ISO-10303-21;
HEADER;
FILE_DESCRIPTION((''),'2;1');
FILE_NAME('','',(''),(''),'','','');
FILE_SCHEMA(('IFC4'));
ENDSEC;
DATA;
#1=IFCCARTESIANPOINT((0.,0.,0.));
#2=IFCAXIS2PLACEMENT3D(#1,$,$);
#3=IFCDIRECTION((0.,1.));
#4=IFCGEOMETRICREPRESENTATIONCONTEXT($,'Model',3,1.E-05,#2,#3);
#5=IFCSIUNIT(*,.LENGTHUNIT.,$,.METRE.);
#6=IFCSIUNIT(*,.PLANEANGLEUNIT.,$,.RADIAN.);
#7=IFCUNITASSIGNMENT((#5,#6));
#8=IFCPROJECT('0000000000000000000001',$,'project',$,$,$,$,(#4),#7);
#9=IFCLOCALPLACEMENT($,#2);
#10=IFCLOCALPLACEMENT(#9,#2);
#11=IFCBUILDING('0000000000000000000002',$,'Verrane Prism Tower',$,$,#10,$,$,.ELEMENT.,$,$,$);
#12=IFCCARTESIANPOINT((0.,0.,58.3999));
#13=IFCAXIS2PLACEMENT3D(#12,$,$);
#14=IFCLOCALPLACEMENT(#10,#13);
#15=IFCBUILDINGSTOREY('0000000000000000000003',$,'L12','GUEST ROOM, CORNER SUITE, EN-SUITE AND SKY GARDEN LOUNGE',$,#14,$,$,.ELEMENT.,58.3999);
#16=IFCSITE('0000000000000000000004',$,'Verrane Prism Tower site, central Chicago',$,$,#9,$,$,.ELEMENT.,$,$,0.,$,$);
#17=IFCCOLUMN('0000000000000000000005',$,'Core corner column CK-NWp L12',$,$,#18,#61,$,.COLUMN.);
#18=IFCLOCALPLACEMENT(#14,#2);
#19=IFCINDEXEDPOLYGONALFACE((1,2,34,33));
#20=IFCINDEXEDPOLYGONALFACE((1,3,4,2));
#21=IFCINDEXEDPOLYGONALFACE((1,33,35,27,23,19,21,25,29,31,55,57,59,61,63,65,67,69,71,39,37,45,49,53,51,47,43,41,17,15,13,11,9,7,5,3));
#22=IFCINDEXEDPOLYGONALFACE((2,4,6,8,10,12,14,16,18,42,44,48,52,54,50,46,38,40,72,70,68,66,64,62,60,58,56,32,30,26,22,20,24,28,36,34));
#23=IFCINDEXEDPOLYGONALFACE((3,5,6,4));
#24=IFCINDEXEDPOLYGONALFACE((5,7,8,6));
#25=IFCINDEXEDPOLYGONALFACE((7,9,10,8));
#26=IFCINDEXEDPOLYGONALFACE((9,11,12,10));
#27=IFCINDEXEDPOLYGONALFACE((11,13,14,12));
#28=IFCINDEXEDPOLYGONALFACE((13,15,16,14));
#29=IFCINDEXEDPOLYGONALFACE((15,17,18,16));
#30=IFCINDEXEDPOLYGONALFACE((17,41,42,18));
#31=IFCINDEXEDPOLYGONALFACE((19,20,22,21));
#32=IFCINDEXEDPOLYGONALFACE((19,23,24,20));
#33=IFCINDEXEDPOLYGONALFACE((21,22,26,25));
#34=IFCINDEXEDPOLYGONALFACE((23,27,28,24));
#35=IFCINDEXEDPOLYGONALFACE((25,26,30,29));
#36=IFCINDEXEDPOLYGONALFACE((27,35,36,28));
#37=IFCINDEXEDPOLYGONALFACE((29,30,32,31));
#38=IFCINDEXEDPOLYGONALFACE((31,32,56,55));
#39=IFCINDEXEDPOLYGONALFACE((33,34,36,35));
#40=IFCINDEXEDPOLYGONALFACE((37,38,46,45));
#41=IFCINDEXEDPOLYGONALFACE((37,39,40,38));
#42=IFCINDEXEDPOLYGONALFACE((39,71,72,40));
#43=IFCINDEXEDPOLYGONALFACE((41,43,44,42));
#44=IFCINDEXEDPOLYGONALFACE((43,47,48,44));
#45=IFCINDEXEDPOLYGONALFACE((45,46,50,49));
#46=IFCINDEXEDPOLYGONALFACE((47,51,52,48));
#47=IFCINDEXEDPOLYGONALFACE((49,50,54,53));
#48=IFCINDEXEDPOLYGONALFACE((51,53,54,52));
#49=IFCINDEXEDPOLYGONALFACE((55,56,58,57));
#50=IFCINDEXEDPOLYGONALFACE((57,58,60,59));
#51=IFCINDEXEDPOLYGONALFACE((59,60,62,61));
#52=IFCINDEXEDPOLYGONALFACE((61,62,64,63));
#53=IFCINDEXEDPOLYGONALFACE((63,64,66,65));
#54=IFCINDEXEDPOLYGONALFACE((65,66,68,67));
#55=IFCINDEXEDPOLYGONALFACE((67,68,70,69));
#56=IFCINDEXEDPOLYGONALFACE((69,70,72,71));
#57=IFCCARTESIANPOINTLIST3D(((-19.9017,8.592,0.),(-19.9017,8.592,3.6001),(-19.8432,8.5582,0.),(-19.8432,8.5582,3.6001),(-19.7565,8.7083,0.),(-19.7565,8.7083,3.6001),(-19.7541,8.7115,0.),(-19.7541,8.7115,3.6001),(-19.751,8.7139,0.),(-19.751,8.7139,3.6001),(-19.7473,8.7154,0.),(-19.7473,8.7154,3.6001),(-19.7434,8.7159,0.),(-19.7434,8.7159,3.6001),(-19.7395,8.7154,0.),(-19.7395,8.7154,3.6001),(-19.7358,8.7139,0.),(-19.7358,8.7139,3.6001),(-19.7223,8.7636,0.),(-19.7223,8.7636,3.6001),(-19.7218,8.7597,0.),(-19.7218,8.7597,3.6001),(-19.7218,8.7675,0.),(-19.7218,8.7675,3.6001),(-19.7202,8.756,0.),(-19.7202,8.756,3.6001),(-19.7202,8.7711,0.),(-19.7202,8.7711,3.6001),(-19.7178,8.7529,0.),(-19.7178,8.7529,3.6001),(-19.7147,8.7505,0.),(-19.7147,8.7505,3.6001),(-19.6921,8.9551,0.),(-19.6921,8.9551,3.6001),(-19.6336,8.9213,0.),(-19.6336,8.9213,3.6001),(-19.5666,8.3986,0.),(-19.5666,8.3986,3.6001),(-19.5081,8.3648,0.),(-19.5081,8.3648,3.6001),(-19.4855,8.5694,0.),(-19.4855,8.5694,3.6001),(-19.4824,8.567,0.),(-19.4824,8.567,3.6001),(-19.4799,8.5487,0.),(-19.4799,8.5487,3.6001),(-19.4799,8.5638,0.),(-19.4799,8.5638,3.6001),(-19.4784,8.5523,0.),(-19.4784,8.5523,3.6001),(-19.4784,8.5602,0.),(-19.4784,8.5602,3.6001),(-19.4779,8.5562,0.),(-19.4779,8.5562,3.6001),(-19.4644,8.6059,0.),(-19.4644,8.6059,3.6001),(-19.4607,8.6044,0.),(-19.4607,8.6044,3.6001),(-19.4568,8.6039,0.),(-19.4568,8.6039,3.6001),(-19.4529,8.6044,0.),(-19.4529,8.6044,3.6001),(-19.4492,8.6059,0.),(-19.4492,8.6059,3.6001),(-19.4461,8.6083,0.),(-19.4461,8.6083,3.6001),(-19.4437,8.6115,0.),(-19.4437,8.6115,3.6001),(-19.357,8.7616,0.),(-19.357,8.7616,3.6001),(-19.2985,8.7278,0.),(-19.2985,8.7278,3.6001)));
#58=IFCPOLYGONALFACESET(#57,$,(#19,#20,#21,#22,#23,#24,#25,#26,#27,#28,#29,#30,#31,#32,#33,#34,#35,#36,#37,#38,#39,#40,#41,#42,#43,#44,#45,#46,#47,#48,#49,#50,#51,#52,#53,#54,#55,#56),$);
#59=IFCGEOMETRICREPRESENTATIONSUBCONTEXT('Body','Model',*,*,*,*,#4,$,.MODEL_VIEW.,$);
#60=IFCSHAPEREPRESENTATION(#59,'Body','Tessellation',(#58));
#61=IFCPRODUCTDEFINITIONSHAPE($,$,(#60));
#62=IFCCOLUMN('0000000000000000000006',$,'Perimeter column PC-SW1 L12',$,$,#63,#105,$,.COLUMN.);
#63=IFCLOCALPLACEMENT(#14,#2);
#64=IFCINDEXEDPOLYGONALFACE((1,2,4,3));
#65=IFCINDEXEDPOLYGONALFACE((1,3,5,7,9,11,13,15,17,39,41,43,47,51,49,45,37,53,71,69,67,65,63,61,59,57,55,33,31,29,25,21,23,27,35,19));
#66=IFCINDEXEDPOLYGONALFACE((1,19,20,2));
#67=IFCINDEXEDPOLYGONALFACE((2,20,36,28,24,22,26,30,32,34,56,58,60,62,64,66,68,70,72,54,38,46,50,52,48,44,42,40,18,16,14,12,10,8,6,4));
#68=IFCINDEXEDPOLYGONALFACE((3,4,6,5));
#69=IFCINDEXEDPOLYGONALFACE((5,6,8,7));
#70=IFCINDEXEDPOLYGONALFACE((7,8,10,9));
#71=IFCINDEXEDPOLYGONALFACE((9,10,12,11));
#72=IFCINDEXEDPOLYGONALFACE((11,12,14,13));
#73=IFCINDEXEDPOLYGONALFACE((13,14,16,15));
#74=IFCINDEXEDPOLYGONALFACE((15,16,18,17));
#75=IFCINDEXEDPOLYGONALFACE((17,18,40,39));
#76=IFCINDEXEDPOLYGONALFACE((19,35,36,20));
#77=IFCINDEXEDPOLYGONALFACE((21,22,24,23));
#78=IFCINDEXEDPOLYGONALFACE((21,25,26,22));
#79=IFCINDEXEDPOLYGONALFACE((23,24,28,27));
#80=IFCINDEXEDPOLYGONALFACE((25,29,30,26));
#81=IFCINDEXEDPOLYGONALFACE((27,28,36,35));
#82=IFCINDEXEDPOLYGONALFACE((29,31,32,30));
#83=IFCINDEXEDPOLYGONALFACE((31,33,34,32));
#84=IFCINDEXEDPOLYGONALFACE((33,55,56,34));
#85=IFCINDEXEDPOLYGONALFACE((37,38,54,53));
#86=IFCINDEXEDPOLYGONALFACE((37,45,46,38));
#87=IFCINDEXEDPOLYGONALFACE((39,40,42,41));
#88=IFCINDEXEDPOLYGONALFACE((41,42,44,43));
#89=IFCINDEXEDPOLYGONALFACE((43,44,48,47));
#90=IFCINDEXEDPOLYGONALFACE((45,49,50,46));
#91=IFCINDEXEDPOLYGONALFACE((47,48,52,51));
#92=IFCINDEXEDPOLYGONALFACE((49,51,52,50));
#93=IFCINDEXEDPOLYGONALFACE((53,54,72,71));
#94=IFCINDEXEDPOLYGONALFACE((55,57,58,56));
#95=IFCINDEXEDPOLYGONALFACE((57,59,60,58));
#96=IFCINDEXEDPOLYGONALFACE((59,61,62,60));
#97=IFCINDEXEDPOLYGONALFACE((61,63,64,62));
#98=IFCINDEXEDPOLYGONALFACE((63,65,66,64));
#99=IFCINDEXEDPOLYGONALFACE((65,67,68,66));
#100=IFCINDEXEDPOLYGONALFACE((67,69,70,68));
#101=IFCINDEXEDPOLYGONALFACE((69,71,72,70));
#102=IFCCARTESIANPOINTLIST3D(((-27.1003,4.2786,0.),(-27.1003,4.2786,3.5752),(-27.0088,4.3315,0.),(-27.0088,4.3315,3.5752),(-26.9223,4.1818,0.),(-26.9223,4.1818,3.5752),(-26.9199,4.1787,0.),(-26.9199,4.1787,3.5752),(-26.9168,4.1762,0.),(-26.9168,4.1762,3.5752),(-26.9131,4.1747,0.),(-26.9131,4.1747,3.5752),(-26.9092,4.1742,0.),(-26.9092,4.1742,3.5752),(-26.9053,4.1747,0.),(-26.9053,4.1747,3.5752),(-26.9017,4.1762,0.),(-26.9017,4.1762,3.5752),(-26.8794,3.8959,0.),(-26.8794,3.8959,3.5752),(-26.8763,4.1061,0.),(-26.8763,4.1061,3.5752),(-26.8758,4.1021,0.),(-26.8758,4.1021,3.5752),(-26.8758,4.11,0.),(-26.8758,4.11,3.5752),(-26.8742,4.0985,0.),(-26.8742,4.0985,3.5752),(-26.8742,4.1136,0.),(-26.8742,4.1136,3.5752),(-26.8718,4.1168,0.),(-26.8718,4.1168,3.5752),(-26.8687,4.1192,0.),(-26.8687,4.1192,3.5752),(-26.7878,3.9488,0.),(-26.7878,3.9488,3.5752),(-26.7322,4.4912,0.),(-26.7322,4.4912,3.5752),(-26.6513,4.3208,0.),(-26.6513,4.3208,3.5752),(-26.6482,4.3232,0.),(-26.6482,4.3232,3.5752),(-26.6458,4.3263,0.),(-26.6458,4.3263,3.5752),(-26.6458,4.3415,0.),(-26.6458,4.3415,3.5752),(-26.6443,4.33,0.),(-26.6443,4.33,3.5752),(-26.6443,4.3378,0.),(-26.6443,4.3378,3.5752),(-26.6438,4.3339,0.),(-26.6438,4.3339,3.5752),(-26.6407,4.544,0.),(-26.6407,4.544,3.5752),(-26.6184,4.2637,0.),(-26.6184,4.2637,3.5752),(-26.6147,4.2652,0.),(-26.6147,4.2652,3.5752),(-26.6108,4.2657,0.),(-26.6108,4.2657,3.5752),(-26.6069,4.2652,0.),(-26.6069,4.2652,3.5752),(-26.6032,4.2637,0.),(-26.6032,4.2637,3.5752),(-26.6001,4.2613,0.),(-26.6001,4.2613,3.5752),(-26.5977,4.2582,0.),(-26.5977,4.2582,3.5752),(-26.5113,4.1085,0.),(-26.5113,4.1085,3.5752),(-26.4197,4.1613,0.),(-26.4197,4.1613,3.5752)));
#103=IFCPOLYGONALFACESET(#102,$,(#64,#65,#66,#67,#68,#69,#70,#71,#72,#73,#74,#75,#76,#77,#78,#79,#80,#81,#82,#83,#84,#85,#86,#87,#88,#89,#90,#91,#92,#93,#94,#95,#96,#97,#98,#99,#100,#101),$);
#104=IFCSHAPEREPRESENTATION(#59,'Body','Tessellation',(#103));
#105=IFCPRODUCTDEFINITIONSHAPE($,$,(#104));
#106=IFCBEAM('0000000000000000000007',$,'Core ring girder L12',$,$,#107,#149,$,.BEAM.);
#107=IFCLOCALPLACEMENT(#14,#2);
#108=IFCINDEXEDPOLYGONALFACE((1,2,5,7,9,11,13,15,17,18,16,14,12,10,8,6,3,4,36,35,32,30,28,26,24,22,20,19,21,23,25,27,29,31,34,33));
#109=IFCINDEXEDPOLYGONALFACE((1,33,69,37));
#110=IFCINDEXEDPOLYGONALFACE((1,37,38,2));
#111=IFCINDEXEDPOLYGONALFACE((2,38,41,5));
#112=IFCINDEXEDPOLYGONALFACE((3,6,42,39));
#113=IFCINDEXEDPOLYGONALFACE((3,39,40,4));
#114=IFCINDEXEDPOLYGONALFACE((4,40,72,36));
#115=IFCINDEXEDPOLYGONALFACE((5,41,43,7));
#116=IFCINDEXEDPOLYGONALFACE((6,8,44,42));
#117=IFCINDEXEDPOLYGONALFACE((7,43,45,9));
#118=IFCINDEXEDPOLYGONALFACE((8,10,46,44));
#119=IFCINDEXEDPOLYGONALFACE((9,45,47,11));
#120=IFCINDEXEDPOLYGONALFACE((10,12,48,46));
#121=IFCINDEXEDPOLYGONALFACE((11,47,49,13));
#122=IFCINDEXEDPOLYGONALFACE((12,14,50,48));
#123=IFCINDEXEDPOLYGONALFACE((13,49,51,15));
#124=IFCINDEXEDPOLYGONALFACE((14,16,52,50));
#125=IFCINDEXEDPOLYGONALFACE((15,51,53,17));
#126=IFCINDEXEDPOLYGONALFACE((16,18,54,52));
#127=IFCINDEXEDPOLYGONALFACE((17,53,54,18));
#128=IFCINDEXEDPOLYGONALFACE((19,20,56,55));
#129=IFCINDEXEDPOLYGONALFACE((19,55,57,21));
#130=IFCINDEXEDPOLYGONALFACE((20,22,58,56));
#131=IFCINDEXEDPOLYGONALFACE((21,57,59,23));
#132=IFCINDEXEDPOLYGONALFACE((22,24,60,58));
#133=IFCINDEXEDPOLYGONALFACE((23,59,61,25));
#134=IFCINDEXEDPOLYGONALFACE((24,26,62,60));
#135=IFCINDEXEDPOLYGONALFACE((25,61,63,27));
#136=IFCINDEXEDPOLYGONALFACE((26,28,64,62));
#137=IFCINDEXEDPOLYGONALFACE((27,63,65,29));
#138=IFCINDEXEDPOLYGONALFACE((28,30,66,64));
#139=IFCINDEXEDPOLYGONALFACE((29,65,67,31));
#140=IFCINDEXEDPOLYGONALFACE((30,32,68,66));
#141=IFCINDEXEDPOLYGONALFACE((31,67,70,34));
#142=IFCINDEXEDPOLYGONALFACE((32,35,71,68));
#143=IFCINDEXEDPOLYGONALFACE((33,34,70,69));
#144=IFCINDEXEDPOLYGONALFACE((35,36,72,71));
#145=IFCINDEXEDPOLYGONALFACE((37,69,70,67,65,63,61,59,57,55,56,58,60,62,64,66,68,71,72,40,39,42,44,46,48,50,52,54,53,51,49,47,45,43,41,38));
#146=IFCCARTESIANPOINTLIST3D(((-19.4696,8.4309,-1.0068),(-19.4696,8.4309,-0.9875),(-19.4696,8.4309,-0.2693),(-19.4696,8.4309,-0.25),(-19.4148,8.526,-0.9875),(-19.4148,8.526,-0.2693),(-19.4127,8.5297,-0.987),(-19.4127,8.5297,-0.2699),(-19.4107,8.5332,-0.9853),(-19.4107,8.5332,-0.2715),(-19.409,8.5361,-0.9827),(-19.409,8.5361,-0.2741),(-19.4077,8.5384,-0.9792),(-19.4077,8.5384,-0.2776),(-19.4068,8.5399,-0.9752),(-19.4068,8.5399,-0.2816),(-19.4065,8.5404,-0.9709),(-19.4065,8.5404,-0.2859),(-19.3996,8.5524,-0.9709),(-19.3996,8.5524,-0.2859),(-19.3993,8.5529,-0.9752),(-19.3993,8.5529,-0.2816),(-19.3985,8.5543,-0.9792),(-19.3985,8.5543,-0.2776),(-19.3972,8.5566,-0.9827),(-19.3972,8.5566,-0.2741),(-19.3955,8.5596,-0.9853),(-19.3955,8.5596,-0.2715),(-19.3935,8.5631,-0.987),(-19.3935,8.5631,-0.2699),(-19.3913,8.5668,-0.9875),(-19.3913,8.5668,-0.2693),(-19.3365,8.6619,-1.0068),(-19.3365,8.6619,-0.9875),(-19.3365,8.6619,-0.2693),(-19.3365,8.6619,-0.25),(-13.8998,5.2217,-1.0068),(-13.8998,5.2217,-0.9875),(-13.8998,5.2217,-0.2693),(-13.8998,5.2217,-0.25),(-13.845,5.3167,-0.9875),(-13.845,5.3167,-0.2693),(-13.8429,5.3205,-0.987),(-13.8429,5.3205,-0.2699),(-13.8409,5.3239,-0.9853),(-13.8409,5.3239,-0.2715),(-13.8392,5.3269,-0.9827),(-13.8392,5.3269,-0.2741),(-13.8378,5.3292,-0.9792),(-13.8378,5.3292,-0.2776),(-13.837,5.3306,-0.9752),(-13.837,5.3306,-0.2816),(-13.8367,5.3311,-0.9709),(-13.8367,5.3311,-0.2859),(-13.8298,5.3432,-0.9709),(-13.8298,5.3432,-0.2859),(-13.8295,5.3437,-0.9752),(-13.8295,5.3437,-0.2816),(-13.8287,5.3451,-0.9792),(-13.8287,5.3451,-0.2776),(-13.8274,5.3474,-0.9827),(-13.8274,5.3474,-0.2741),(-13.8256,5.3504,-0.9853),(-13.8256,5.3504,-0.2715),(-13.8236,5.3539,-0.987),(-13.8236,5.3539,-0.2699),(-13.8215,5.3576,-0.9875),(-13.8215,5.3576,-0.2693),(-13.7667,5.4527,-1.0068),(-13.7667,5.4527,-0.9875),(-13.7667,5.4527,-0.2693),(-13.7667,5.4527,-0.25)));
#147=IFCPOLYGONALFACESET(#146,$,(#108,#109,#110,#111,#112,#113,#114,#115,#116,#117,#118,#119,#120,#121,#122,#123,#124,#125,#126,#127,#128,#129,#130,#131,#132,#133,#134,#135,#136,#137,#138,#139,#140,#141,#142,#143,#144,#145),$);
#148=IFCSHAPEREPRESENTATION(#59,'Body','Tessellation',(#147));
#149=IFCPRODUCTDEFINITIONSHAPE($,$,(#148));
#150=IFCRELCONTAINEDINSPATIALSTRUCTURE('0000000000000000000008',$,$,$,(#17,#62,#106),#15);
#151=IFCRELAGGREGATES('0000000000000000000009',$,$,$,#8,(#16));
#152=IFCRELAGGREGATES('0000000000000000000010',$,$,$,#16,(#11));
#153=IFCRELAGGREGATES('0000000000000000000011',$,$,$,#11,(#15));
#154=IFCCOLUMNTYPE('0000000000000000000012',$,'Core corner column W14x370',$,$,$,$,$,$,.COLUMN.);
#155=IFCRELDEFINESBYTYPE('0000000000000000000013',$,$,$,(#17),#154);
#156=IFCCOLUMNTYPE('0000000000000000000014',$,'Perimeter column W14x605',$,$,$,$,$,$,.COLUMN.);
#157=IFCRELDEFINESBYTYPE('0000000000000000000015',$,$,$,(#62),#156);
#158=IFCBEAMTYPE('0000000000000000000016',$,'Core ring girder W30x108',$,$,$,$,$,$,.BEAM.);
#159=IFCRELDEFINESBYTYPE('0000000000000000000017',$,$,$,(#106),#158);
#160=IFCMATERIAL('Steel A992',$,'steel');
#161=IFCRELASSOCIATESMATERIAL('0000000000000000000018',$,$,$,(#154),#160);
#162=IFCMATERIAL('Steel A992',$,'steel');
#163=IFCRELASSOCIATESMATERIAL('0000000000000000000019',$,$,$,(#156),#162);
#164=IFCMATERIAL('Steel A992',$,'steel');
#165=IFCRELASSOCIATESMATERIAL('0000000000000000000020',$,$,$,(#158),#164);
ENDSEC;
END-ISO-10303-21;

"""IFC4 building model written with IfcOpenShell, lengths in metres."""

from ifc_helpers import new_model, si_unit, direction, frame, origin, origin_2d, place, context, subcontext, project, spatial, i_section, extrude, material, material_profile, profile_set, type_object, element, save


model = new_model("IFC4")

# Units and contexts
model_context = context("Model", 3, precision=1e-05, world=origin(), true_north=direction((0.0, 1.0)))
body_context = subcontext(model_context, "Body", "Model", "MODEL_VIEW")
ifc_project = project(units=[si_unit("LENGTHUNIT", "METRE"), si_unit("PLANEANGLEUNIT", "RADIAN")], contexts=[model_context])

# Site, building, storey
site_placement = place(None, origin())
site = spatial("IfcSite", under=ifc_project, at=site_placement, Name="Verrane Prism Tower site, central Chicago", CompositionType="ELEMENT", RefElevation=0.0)
building_placement = place(site_placement, origin())
building = spatial("IfcBuilding", under=site, at=building_placement, Name="Verrane Prism Tower", CompositionType="ELEMENT")
storey_placement = place(building_placement, frame((0.0, 0.0, 58.3999)))
storey = spatial("IfcBuildingStorey", under=building, at=storey_placement, Name="L12", Description="GUEST ROOM, CORNER SUITE, EN-SUITE AND SKY GARDEN LOUNGE", CompositionType="ELEMENT", Elevation=58.3999)

# Columns
ifc_material_1 = material(Name="Steel A992", Category="steel")
ifc_material_profile_1 = material_profile(ifc_material_1, i_section(OverallWidth=0.4192, OverallDepth=0.4546, WebThickness=0.0422, FlangeThickness=0.0676, FilletRadius=0.0151, at=origin_2d()), Name="W14x370")
ifc_profile_set_1 = profile_set([ifc_material_profile_1], Name="Steel A992")
column_type_1 = type_object("IfcColumnType", Name="Core corner column W14x370", PredefinedType="COLUMN", material=ifc_profile_set_1)
column_1_placement = place(storey_placement, frame((-19.6001, 8.6599, 0.0), z_axis=(0.0, 0.0, 1.0), x_axis=(0.5, 0.866025, 0.0)))
element("IfcColumn", 1, at=column_1_placement, inside=storey, type_object=column_type_1, Name="Core corner column CK-NWp L12", PredefinedType="COLUMN", context=body_context, shape_type="SweptSolid", body=[
    extrude(i_section(OverallWidth=0.4192, OverallDepth=0.4546, WebThickness=0.0422, FlangeThickness=0.0676, FilletRadius=0.0151, at=origin_2d()), origin(), (0.0, 0.0, 1.0), 3.6001),
])
ifc_material_2 = material(Name="Steel A992", Category="steel")
ifc_material_profile_2 = material_profile(ifc_material_2, i_section(OverallWidth=0.4419, OverallDepth=0.5308, WebThickness=0.0659, FlangeThickness=0.1057, FilletRadius=0.0151, at=origin_2d()), Name="W14x605")
ifc_profile_set_2 = profile_set([ifc_material_profile_2], Name="Steel A992")
column_type_2 = type_object("IfcColumnType", Name="Perimeter column W14x605", PredefinedType="COLUMN", material=ifc_profile_set_2)
column_2_placement = place(storey_placement, frame((-26.76, 4.22, 0.0), z_axis=(0.0, 0.0, 1.0), x_axis=(-0.5, 0.866025, 0.0)))
element("IfcColumn", 2, at=column_2_placement, inside=storey, type_object=column_type_2, Name="Perimeter column PC-SW1 L12", PredefinedType="COLUMN", context=body_context, shape_type="SweptSolid", body=[
    extrude(i_section(OverallWidth=0.4419, OverallDepth=0.5308, WebThickness=0.0659, FlangeThickness=0.1057, FilletRadius=0.0151, at=origin_2d()), origin(), (0.0, 0.0, 1.0), 3.5752),
])

# Beam
ifc_material_3 = material(Name="Steel A992", Category="steel")
ifc_material_profile_3 = material_profile(ifc_material_3, i_section(OverallWidth=0.2666, OverallDepth=0.7568, WebThickness=0.0139, FlangeThickness=0.0193, FilletRadius=0.0166, at=origin_2d()), Name="W30x108")
ifc_profile_set_3 = profile_set([ifc_material_profile_3], Name="Steel A992")
beam_type_1 = type_object("IfcBeamType", Name="Core ring girder W30x108", PredefinedType="BEAM", material=ifc_profile_set_3)
beam_1_placement = place(storey_placement, frame((-19.4031, 8.5464, -0.6284), z_axis=(0.866464, -0.49924, 0.0), x_axis=(0.49924, 0.866464, 0.0)))
element("IfcBeam", 3, at=beam_1_placement, inside=storey, type_object=beam_type_1, Name="Core ring girder L12", PredefinedType="BEAM", context=body_context, shape_type="SweptSolid", body=[
    extrude(i_section(OverallWidth=0.2666, OverallDepth=0.7568, WebThickness=0.0139, FlangeThickness=0.0193, FilletRadius=0.0166, at=origin_2d()), origin(), (0.0, 0.0, 1.0), 6.4282),
])

save(model, "model.ifc")
